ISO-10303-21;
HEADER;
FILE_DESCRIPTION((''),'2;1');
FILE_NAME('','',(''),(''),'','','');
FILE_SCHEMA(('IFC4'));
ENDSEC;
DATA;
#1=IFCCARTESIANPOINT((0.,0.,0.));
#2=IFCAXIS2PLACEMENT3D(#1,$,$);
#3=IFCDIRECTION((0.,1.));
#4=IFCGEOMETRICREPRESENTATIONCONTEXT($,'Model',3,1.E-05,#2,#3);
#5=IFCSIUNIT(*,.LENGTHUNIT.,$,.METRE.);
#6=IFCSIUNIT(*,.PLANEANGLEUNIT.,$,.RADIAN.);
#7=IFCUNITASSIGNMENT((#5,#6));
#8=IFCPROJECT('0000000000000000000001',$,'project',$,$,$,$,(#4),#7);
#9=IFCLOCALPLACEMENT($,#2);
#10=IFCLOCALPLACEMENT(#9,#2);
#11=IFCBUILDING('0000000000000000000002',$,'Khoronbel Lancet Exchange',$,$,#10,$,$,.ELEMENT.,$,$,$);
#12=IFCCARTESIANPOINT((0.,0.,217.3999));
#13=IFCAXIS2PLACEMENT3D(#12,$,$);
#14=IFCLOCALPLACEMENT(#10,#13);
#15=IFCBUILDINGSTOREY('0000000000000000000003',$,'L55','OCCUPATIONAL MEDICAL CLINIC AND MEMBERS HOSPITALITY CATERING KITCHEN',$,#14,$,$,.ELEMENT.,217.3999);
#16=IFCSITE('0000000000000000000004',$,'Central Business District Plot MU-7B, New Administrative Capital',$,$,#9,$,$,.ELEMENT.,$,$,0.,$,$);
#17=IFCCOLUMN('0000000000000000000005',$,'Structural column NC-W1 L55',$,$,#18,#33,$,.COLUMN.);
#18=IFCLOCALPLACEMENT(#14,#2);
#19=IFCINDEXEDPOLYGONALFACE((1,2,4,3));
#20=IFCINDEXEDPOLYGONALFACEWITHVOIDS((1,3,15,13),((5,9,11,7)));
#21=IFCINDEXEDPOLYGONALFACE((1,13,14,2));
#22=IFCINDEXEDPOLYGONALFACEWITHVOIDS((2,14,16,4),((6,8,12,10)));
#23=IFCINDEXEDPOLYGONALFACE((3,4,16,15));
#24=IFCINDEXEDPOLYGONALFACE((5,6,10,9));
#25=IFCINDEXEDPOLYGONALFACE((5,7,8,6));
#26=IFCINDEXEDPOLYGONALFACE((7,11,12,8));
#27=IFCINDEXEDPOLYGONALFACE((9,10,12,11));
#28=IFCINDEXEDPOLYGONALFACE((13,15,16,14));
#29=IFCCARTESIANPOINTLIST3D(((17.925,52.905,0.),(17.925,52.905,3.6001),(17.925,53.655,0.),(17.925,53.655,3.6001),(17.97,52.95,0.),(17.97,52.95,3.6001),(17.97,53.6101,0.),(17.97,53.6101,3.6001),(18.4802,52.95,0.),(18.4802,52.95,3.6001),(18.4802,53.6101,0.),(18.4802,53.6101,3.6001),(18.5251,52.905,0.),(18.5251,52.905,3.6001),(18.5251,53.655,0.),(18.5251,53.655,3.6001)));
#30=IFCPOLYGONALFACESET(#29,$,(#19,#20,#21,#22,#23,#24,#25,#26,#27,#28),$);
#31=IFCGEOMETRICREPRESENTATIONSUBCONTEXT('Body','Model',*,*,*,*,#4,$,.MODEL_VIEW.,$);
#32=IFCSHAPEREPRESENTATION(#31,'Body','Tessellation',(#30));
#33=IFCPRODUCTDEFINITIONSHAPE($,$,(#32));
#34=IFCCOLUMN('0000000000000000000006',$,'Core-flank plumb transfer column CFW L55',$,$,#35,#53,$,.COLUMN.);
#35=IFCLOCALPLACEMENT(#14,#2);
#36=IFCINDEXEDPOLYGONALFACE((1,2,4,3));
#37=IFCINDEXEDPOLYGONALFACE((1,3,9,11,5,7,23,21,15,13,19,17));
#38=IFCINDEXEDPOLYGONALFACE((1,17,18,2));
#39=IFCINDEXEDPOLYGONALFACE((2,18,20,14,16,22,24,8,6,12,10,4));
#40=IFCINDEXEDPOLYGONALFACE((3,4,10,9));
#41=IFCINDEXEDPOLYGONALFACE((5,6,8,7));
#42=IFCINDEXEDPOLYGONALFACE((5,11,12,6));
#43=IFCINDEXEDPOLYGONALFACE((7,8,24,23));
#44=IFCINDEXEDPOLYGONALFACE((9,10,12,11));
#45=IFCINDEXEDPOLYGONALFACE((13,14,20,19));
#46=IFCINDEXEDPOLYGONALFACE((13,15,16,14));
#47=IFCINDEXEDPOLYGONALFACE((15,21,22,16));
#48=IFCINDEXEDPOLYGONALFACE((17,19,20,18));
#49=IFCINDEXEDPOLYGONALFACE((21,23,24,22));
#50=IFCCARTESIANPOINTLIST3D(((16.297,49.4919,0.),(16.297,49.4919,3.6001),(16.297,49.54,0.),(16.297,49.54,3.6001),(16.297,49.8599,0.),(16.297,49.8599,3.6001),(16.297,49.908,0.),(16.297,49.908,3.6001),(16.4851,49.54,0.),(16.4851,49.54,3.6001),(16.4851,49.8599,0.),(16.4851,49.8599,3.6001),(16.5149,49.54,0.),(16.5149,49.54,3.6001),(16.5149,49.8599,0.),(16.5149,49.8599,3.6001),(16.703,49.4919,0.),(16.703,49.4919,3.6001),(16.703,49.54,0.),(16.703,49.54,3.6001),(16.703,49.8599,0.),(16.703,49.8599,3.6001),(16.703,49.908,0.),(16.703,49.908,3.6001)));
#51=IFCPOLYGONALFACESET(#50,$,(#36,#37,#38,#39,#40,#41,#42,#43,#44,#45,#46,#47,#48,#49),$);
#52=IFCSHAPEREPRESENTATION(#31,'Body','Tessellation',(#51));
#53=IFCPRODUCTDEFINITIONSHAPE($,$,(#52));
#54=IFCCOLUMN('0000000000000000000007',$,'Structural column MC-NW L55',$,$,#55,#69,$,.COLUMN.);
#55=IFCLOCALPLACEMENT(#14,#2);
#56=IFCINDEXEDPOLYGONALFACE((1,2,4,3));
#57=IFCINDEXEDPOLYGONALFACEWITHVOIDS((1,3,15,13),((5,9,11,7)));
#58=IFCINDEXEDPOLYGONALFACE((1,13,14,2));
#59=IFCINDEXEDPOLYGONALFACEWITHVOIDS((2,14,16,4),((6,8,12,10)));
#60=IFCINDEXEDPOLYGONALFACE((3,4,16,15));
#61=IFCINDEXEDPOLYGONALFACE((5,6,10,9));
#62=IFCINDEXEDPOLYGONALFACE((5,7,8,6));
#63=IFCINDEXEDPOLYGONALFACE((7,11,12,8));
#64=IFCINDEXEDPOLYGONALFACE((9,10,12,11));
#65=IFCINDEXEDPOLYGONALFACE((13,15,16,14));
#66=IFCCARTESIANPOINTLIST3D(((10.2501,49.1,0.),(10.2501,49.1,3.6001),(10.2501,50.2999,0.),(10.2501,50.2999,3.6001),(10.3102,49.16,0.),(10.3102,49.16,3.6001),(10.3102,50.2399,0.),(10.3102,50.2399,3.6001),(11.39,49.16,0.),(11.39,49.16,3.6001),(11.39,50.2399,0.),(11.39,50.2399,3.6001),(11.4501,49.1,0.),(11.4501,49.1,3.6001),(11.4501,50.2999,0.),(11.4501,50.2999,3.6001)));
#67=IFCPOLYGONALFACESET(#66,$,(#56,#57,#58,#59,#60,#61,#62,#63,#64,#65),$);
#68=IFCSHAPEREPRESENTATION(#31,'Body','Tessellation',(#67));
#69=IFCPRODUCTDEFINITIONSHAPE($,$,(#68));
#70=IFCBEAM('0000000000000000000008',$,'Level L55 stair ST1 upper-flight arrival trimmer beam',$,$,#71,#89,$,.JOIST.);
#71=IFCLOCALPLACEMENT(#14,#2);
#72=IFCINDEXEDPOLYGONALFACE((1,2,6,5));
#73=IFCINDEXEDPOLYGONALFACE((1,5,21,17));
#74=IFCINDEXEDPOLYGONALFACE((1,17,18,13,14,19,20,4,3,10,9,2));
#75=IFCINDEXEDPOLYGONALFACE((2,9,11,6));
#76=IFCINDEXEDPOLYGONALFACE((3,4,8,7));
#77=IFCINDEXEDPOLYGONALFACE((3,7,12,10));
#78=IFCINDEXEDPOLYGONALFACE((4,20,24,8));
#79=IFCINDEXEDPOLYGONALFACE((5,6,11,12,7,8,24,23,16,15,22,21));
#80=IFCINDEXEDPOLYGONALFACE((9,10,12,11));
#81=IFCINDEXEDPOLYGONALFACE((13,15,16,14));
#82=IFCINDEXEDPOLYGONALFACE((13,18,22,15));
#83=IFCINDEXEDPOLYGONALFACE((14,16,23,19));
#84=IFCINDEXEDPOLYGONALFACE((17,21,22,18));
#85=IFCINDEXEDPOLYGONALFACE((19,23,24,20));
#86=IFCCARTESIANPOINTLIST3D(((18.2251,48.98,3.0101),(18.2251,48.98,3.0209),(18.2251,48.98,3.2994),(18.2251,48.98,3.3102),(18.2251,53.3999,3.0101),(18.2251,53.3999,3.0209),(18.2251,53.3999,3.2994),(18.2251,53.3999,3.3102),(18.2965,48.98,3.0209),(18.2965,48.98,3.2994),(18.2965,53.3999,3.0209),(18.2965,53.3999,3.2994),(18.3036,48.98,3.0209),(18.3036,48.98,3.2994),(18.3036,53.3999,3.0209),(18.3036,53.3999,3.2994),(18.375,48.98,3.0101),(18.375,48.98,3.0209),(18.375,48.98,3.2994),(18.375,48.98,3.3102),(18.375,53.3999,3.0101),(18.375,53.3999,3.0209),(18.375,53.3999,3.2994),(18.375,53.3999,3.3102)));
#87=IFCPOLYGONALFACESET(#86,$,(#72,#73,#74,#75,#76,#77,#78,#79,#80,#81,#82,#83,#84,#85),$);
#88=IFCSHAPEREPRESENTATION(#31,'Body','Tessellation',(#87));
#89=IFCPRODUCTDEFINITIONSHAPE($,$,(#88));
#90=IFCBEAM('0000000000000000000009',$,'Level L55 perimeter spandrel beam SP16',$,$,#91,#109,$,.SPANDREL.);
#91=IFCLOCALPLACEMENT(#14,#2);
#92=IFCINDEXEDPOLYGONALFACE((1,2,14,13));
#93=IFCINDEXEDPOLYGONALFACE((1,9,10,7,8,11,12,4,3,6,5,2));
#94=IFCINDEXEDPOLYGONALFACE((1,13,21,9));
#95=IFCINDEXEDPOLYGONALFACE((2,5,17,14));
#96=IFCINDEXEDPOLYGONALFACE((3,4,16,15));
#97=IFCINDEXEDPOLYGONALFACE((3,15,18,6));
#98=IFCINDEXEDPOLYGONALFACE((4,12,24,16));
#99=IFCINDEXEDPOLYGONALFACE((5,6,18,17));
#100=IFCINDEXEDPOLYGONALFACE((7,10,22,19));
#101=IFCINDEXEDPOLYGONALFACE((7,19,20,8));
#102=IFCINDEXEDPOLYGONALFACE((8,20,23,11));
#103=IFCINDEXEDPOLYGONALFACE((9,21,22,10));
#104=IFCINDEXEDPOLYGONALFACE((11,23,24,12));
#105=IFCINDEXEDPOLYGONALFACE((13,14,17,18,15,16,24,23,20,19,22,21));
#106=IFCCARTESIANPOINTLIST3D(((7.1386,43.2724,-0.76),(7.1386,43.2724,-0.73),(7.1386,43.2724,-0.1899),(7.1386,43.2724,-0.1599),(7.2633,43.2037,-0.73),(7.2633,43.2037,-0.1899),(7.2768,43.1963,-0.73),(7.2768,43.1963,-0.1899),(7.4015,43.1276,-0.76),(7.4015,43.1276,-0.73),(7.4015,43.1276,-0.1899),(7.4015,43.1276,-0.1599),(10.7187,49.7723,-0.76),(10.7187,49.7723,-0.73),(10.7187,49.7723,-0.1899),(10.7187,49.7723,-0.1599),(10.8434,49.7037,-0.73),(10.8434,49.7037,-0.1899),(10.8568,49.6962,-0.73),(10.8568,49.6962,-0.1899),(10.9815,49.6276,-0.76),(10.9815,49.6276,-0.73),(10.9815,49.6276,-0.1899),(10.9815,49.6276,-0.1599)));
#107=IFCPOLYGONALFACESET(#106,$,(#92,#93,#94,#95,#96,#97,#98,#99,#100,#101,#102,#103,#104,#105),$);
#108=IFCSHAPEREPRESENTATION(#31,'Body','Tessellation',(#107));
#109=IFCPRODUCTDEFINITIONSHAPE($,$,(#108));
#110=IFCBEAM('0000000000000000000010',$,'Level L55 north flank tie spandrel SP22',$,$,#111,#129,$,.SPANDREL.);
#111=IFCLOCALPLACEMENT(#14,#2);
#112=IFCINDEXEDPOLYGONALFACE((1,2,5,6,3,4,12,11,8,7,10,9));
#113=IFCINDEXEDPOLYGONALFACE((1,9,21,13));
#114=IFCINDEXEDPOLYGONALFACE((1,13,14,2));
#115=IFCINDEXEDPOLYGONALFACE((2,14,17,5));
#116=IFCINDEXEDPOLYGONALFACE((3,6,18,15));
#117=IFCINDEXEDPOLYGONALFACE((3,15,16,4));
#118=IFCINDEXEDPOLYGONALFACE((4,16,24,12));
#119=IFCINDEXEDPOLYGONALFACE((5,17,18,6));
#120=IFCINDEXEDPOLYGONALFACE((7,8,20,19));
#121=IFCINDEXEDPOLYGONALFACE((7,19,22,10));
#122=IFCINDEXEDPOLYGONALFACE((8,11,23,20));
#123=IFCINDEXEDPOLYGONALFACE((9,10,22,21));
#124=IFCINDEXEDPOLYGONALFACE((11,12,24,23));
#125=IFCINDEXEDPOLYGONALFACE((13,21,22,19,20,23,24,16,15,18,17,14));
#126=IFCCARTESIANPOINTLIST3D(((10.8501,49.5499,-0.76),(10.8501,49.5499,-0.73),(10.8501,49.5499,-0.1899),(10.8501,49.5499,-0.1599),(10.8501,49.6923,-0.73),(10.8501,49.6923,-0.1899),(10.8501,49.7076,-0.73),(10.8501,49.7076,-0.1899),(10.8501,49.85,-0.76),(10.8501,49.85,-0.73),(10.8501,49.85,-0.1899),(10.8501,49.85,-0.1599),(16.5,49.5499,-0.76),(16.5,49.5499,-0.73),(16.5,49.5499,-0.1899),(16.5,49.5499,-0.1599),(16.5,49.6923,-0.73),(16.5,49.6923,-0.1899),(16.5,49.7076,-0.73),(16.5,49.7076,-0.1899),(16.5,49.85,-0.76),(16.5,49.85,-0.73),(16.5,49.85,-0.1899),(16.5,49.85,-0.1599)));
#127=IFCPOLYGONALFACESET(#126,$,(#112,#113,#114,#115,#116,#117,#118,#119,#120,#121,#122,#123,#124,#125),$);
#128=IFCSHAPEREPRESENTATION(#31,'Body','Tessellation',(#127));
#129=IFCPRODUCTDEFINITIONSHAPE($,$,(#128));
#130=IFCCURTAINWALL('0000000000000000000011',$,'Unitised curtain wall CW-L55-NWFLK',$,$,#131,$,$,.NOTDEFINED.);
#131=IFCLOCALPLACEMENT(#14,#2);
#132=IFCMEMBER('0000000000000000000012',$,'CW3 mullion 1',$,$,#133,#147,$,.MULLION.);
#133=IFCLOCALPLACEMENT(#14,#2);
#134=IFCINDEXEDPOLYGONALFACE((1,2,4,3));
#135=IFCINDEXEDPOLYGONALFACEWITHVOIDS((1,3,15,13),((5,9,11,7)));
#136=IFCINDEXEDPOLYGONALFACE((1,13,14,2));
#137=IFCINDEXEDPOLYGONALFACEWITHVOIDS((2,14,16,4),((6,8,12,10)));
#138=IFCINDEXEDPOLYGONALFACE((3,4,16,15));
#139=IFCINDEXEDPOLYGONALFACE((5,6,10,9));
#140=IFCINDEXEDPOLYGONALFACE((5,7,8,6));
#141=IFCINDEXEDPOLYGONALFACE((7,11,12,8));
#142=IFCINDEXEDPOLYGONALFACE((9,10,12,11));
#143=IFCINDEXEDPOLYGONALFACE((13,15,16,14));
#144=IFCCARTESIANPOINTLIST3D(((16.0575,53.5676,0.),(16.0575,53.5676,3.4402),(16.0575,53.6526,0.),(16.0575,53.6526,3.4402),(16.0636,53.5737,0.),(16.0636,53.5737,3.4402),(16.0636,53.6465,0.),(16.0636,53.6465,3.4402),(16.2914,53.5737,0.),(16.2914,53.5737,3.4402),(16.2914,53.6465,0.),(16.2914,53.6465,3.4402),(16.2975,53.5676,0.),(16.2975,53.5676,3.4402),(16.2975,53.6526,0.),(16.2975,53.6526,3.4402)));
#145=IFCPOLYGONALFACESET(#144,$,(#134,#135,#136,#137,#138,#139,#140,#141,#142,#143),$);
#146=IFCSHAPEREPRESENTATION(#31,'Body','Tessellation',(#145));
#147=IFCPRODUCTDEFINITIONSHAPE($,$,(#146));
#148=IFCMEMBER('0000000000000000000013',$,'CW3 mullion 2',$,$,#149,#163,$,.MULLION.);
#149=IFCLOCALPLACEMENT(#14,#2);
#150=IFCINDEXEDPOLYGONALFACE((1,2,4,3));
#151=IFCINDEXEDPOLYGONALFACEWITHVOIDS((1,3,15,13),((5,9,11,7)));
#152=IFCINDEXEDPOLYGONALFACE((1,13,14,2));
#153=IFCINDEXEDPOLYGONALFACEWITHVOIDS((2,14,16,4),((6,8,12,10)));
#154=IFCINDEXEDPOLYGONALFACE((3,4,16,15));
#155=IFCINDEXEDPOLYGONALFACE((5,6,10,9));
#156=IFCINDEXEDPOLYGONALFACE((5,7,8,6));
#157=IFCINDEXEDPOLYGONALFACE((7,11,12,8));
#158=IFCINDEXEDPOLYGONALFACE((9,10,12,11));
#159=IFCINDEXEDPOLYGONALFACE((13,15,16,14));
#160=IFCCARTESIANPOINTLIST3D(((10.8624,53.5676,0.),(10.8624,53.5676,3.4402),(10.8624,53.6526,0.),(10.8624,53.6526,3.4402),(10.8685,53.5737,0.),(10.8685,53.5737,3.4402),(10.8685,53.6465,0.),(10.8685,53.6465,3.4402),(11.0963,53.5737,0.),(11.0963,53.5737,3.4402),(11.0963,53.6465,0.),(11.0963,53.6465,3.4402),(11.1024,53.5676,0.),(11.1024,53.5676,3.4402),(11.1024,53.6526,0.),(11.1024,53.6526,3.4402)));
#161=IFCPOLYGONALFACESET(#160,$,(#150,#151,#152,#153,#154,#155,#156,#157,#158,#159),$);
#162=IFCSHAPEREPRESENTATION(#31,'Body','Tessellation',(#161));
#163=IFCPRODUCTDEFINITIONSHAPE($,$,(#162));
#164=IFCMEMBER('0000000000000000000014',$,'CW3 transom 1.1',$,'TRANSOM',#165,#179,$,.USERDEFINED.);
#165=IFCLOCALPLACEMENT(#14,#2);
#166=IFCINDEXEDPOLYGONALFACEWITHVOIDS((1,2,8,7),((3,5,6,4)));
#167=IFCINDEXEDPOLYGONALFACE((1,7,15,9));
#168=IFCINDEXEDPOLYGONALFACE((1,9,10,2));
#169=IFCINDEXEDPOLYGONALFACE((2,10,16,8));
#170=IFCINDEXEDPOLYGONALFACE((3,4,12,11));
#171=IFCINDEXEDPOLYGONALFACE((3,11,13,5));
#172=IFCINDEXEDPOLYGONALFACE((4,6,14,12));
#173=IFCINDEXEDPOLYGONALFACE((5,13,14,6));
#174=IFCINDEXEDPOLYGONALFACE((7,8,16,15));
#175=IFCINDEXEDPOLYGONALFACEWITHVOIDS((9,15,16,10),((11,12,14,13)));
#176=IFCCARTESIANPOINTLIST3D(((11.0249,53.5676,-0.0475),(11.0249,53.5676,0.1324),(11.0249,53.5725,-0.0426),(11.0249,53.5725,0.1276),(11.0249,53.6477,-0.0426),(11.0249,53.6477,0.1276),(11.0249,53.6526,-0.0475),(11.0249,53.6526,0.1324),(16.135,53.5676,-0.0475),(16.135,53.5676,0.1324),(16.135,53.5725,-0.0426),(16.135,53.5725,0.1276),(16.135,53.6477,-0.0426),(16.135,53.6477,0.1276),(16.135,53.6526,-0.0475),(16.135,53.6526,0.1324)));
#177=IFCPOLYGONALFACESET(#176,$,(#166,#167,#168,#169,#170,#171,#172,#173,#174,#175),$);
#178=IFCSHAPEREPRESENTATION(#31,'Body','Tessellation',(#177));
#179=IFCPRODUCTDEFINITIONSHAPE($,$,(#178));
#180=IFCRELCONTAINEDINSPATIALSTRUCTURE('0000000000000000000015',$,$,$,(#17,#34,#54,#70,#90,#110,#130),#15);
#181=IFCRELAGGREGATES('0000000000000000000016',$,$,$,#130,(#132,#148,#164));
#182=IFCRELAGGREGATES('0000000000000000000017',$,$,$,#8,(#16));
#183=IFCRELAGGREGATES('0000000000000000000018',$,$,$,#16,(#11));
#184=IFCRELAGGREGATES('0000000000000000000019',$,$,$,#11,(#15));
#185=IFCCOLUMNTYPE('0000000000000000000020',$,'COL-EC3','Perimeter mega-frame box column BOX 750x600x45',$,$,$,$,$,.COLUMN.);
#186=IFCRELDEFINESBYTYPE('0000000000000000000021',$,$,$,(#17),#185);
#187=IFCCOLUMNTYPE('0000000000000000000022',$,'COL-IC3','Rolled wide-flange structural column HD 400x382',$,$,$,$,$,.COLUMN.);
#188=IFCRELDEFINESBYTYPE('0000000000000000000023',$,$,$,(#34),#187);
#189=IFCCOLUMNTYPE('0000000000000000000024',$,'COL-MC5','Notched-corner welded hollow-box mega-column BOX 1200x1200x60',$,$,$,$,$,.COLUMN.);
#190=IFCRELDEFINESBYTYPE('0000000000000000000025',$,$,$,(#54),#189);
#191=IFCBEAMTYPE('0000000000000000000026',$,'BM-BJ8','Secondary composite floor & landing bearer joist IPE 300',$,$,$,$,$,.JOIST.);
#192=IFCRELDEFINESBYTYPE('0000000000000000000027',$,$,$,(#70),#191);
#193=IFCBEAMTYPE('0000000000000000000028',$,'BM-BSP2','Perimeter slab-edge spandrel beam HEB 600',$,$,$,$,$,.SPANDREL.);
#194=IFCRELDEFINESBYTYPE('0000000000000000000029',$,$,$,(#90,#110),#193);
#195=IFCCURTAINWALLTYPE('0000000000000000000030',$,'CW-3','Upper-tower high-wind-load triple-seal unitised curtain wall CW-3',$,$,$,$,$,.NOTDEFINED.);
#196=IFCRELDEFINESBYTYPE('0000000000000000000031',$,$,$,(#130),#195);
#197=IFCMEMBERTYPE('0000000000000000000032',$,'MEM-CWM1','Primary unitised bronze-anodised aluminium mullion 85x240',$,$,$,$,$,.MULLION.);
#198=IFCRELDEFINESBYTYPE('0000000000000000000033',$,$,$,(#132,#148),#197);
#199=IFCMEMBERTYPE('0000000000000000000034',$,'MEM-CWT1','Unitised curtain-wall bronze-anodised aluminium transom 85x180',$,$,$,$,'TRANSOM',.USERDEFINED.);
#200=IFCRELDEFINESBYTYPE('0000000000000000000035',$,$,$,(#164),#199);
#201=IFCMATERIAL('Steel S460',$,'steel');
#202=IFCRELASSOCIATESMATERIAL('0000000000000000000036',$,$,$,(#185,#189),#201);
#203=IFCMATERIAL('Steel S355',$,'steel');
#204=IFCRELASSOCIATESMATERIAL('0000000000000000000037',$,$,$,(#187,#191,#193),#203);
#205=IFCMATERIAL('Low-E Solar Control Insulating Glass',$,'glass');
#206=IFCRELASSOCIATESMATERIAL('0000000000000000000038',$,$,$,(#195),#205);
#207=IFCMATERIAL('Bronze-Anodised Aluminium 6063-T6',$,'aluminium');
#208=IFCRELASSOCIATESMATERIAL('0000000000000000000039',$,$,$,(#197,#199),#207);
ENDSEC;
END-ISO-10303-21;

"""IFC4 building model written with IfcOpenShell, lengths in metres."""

from ifc_helpers import new_model, si_unit, direction, frame, origin, origin_2d, place, context, subcontext, project, spatial, hollow_rectangle, i_section, extrude, material, material_profile, profile_set, type_object, element, aggregate, save


model = new_model("IFC4")

# Units and contexts
model_context = context("Model", 3, precision=1e-05, world=origin(), true_north=direction((0.0, 1.0)))
body_context = subcontext(model_context, "Body", "Model", "MODEL_VIEW")
ifc_project = project(units=[si_unit("LENGTHUNIT", "METRE"), si_unit("PLANEANGLEUNIT", "RADIAN")], contexts=[model_context])

# Site, building, storey
site_placement = place(None, origin())
site = spatial("IfcSite", under=ifc_project, at=site_placement, Name="Central Business District Plot MU-7B, New Administrative Capital", CompositionType="ELEMENT", RefElevation=0.0)
building_placement = place(site_placement, origin())
building = spatial("IfcBuilding", under=site, at=building_placement, Name="Khoronbel Lancet Exchange", CompositionType="ELEMENT")
storey_placement = place(building_placement, frame((0.0, 0.0, 217.3999)))
storey = spatial("IfcBuildingStorey", under=building, at=storey_placement, Name="L55", Description="OCCUPATIONAL MEDICAL CLINIC AND MEMBERS HOSPITALITY CATERING KITCHEN", CompositionType="ELEMENT", Elevation=217.3999)

# Columns
ifc_material_1 = material(Name="Steel S460", Category="steel")
ifc_material_profile_1 = material_profile(ifc_material_1, hollow_rectangle(XDim=0.6001, YDim=0.75, WallThickness=0.0449, at=origin_2d()), Name="BOX 750x600x45")
ifc_profile_set_1 = profile_set([ifc_material_profile_1], Name="Steel S460")
column_type_1 = type_object("IfcColumnType", Name="COL-EC3", Description="Perimeter mega-frame box column BOX 750x600x45", PredefinedType="COLUMN", material=ifc_profile_set_1)
column_1_placement = place(storey_placement, frame((18.2251, 53.28, 0.0), z_axis=(0.0, 0.0, 1.0), x_axis=(1.0, 0.0, 0.0)))
element("IfcColumn", 1, at=column_1_placement, inside=storey, type_object=column_type_1, Name="Structural column NC-W1 L55", PredefinedType="COLUMN", context=body_context, shape_type="SweptSolid", body=[
    extrude(hollow_rectangle(XDim=0.6001, YDim=0.75, WallThickness=0.0449, at=origin_2d()), origin(), (0.0, 0.0, 1.0), 3.6001),
])
ifc_material_2 = material(Name="Steel S355", Category="steel")
ifc_material_profile_2 = material_profile(ifc_material_2, i_section(OverallWidth=0.406, OverallDepth=0.416, WebThickness=0.0298, FlangeThickness=0.0481, at=origin_2d()), Name="HD 400x382")
ifc_profile_set_2 = profile_set([ifc_material_profile_2], Name="Steel S355")
column_type_2 = type_object("IfcColumnType", Name="COL-IC3", Description="Rolled wide-flange structural column HD 400x382", PredefinedType="COLUMN", material=ifc_profile_set_2)
column_2_placement = place(storey_placement, frame((16.5, 49.7, 0.0), z_axis=(0.0, 0.0, 1.0), x_axis=(1.0, 0.0, 0.0)))
element("IfcColumn", 2, at=column_2_placement, inside=storey, type_object=column_type_2, Name="Core-flank plumb transfer column CFW L55", PredefinedType="COLUMN", context=body_context, shape_type="SweptSolid", body=[
    extrude(i_section(OverallWidth=0.406, OverallDepth=0.416, WebThickness=0.0298, FlangeThickness=0.0481, at=origin_2d()), origin(), (0.0, 0.0, 1.0), 3.6001),
])
ifc_material_profile_3 = material_profile(ifc_material_1, hollow_rectangle(XDim=1.2, YDim=1.2, WallThickness=0.0601, at=origin_2d()), Name="BOX 1200x1200x60")
ifc_profile_set_3 = profile_set([ifc_material_profile_3], Name="Steel S460")
column_type_3 = type_object("IfcColumnType", Name="COL-MC5", Description="Notched-corner welded hollow-box mega-column BOX 1200x1200x60", PredefinedType="COLUMN", material=ifc_profile_set_3)
column_3_placement = place(storey_placement, frame((10.8501, 49.7, 0.0), z_axis=(0.0, 0.0, 1.0), x_axis=(1.0, 0.0, 0.0)))
element("IfcColumn", 3, at=column_3_placement, inside=storey, type_object=column_type_3, Name="Structural column MC-NW L55", PredefinedType="COLUMN", context=body_context, shape_type="SweptSolid", body=[
    extrude(hollow_rectangle(XDim=1.2, YDim=1.2, WallThickness=0.0601, at=origin_2d()), origin(), (0.0, 0.0, 1.0), 3.6001),
])

# Beams
ifc_material_profile_4 = material_profile(ifc_material_2, i_section(OverallWidth=0.1499, OverallDepth=0.3, WebThickness=0.0071, FlangeThickness=0.0107, at=origin_2d()), Name="IPE 300")
ifc_profile_set_4 = profile_set([ifc_material_profile_4], Name="Steel S355")
beam_type_1 = type_object("IfcBeamType", Name="BM-BJ8", Description="Secondary composite floor & landing bearer joist IPE 300", PredefinedType="JOIST", material=ifc_profile_set_4)
beam_1_placement = place(storey_placement, frame((18.3, 48.98, 3.1602), z_axis=(0.0, 1.0, 0.0), x_axis=(-1.0, 0.0, 0.0)))
element("IfcBeam", 4, at=beam_1_placement, inside=storey, type_object=beam_type_1, Name="Level L55 stair ST1 upper-flight arrival trimmer beam", PredefinedType="JOIST", context=body_context, shape_type="SweptSolid", body=[
    extrude(i_section(OverallWidth=0.1499, OverallDepth=0.3, WebThickness=0.0071, FlangeThickness=0.0107, at=origin_2d()), origin(), (0.0, 0.0, 1.0), 4.4199),
])
ifc_material_profile_5 = material_profile(ifc_material_2, i_section(OverallWidth=0.3, OverallDepth=0.6001, WebThickness=0.0154, FlangeThickness=0.03, at=origin_2d()), Name="HEB 600")
ifc_profile_set_5 = profile_set([ifc_material_profile_5], Name="Steel S355")
beam_type_2 = type_object("IfcBeamType", Name="BM-BSP2", Description="Perimeter slab-edge spandrel beam HEB 600", PredefinedType="SPANDREL", material=ifc_profile_set_5)
beam_2_placement = place(storey_placement, frame((10.8501, 49.7, -0.46), z_axis=(-0.482444, -0.875927, 0.0), x_axis=(0.875927, -0.482444, 0.0)))
element("IfcBeam", 5, at=beam_2_placement, inside=storey, type_object=beam_type_2, Name="Level L55 perimeter spandrel beam SP16", PredefinedType="SPANDREL", context=body_context, shape_type="SweptSolid", body=[
    extrude(i_section(OverallWidth=0.3, OverallDepth=0.6001, WebThickness=0.0154, FlangeThickness=0.03, at=origin_2d()), origin(), (0.0, 0.0, 1.0), 7.4207),
])
beam_3_placement = place(storey_placement, frame((10.8501, 49.7, -0.46), z_axis=(1.0, 0.0, 0.0), x_axis=(0.0, 1.0, 0.0)))
element("IfcBeam", 6, at=beam_3_placement, inside=storey, type_object=beam_type_2, Name="Level L55 north flank tie spandrel SP22", PredefinedType="SPANDREL", context=body_context, shape_type="SweptSolid", body=[
    extrude(i_section(OverallWidth=0.3, OverallDepth=0.6001, WebThickness=0.0154, FlangeThickness=0.03, at=origin_2d()), origin(), (0.0, 0.0, 1.0), 5.6499),
])

# Curtain wall, members
ifc_material_3 = material(Name="Low-E Solar Control Insulating Glass", Category="glass")
curtain_wall_type = type_object("IfcCurtainWallType", Name="CW-3", Description="Upper-tower high-wind-load triple-seal unitised curtain wall CW-3", PredefinedType="NOTDEFINED", material=ifc_material_3)
curtain_wall_placement = place(storey_placement, origin())
curtain_wall = element("IfcCurtainWall", 7, at=curtain_wall_placement, inside=storey, type_object=curtain_wall_type, Name="Unitised curtain wall CW-L55-NWFLK", PredefinedType="NOTDEFINED")
ifc_material_4 = material(Name="Bronze-Anodised Aluminium 6063-T6", Category="aluminium")
ifc_material_profile_6 = material_profile(ifc_material_4, hollow_rectangle(XDim=0.085, YDim=0.24, WallThickness=0.0061, at=origin_2d()), Name="ALU MULLION 85x240")
ifc_profile_set_6 = profile_set([ifc_material_profile_6], Name="Bronze-Anodised Aluminium 6063-T6")
member_type_1 = type_object("IfcMemberType", Name="MEM-CWM1", Description="Primary unitised bronze-anodised aluminium mullion 85x240", PredefinedType="MULLION", material=ifc_profile_set_6)
member_1_placement = place(storey_placement, frame((16.1775, 53.6101, 0.0), z_axis=(0.0, 0.0, 1.0), x_axis=(0.0, -1.0, 0.0)))
member_1 = element("IfcMember", 8, at=member_1_placement, type_object=member_type_1, Name="CW3 mullion 1", PredefinedType="MULLION", context=body_context, shape_type="SweptSolid", body=[
    extrude(hollow_rectangle(XDim=0.085, YDim=0.24, WallThickness=0.0061, at=origin_2d()), origin(), (0.0, 0.0, 1.0), 3.4402),
])
member_2_placement = place(storey_placement, frame((10.9824, 53.6101, 0.0), z_axis=(0.0, 0.0, 1.0), x_axis=(0.0, -1.0, 0.0)))
member_2 = element("IfcMember", 9, at=member_2_placement, type_object=member_type_1, Name="CW3 mullion 2", PredefinedType="MULLION", context=body_context, shape_type="SweptSolid", body=[
    extrude(hollow_rectangle(XDim=0.085, YDim=0.24, WallThickness=0.0061, at=origin_2d()), origin(), (0.0, 0.0, 1.0), 3.4402),
])
ifc_material_profile_7 = material_profile(ifc_material_4, hollow_rectangle(XDim=0.085, YDim=0.1799, WallThickness=0.0049, at=origin_2d()), Name="ALU TRANSOM 85x180")
ifc_profile_set_7 = profile_set([ifc_material_profile_7], Name="Bronze-Anodised Aluminium 6063-T6")
member_type_2 = type_object("IfcMemberType", Name="MEM-CWT1", Description="Unitised curtain-wall bronze-anodised aluminium transom 85x180", ElementType="TRANSOM", PredefinedType="USERDEFINED", material=ifc_profile_set_7)
member_3_placement = place(storey_placement, frame((16.135, 53.6101, 0.0425), z_axis=(-1.0, 0.0, 0.0), x_axis=(0.0, -1.0, 0.0)))
member_3 = element("IfcMember", 10, at=member_3_placement, type_object=member_type_2, Name="CW3 transom 1.1", ObjectType="TRANSOM", PredefinedType="USERDEFINED", context=body_context, shape_type="SweptSolid", body=[
    extrude(hollow_rectangle(XDim=0.085, YDim=0.1799, WallThickness=0.0049, at=origin_2d()), origin(), (0.0, 0.0, 1.0), 5.1101),
])
aggregate(curtain_wall, [member_1, member_2, member_3])

save(model, "model.ifc")
